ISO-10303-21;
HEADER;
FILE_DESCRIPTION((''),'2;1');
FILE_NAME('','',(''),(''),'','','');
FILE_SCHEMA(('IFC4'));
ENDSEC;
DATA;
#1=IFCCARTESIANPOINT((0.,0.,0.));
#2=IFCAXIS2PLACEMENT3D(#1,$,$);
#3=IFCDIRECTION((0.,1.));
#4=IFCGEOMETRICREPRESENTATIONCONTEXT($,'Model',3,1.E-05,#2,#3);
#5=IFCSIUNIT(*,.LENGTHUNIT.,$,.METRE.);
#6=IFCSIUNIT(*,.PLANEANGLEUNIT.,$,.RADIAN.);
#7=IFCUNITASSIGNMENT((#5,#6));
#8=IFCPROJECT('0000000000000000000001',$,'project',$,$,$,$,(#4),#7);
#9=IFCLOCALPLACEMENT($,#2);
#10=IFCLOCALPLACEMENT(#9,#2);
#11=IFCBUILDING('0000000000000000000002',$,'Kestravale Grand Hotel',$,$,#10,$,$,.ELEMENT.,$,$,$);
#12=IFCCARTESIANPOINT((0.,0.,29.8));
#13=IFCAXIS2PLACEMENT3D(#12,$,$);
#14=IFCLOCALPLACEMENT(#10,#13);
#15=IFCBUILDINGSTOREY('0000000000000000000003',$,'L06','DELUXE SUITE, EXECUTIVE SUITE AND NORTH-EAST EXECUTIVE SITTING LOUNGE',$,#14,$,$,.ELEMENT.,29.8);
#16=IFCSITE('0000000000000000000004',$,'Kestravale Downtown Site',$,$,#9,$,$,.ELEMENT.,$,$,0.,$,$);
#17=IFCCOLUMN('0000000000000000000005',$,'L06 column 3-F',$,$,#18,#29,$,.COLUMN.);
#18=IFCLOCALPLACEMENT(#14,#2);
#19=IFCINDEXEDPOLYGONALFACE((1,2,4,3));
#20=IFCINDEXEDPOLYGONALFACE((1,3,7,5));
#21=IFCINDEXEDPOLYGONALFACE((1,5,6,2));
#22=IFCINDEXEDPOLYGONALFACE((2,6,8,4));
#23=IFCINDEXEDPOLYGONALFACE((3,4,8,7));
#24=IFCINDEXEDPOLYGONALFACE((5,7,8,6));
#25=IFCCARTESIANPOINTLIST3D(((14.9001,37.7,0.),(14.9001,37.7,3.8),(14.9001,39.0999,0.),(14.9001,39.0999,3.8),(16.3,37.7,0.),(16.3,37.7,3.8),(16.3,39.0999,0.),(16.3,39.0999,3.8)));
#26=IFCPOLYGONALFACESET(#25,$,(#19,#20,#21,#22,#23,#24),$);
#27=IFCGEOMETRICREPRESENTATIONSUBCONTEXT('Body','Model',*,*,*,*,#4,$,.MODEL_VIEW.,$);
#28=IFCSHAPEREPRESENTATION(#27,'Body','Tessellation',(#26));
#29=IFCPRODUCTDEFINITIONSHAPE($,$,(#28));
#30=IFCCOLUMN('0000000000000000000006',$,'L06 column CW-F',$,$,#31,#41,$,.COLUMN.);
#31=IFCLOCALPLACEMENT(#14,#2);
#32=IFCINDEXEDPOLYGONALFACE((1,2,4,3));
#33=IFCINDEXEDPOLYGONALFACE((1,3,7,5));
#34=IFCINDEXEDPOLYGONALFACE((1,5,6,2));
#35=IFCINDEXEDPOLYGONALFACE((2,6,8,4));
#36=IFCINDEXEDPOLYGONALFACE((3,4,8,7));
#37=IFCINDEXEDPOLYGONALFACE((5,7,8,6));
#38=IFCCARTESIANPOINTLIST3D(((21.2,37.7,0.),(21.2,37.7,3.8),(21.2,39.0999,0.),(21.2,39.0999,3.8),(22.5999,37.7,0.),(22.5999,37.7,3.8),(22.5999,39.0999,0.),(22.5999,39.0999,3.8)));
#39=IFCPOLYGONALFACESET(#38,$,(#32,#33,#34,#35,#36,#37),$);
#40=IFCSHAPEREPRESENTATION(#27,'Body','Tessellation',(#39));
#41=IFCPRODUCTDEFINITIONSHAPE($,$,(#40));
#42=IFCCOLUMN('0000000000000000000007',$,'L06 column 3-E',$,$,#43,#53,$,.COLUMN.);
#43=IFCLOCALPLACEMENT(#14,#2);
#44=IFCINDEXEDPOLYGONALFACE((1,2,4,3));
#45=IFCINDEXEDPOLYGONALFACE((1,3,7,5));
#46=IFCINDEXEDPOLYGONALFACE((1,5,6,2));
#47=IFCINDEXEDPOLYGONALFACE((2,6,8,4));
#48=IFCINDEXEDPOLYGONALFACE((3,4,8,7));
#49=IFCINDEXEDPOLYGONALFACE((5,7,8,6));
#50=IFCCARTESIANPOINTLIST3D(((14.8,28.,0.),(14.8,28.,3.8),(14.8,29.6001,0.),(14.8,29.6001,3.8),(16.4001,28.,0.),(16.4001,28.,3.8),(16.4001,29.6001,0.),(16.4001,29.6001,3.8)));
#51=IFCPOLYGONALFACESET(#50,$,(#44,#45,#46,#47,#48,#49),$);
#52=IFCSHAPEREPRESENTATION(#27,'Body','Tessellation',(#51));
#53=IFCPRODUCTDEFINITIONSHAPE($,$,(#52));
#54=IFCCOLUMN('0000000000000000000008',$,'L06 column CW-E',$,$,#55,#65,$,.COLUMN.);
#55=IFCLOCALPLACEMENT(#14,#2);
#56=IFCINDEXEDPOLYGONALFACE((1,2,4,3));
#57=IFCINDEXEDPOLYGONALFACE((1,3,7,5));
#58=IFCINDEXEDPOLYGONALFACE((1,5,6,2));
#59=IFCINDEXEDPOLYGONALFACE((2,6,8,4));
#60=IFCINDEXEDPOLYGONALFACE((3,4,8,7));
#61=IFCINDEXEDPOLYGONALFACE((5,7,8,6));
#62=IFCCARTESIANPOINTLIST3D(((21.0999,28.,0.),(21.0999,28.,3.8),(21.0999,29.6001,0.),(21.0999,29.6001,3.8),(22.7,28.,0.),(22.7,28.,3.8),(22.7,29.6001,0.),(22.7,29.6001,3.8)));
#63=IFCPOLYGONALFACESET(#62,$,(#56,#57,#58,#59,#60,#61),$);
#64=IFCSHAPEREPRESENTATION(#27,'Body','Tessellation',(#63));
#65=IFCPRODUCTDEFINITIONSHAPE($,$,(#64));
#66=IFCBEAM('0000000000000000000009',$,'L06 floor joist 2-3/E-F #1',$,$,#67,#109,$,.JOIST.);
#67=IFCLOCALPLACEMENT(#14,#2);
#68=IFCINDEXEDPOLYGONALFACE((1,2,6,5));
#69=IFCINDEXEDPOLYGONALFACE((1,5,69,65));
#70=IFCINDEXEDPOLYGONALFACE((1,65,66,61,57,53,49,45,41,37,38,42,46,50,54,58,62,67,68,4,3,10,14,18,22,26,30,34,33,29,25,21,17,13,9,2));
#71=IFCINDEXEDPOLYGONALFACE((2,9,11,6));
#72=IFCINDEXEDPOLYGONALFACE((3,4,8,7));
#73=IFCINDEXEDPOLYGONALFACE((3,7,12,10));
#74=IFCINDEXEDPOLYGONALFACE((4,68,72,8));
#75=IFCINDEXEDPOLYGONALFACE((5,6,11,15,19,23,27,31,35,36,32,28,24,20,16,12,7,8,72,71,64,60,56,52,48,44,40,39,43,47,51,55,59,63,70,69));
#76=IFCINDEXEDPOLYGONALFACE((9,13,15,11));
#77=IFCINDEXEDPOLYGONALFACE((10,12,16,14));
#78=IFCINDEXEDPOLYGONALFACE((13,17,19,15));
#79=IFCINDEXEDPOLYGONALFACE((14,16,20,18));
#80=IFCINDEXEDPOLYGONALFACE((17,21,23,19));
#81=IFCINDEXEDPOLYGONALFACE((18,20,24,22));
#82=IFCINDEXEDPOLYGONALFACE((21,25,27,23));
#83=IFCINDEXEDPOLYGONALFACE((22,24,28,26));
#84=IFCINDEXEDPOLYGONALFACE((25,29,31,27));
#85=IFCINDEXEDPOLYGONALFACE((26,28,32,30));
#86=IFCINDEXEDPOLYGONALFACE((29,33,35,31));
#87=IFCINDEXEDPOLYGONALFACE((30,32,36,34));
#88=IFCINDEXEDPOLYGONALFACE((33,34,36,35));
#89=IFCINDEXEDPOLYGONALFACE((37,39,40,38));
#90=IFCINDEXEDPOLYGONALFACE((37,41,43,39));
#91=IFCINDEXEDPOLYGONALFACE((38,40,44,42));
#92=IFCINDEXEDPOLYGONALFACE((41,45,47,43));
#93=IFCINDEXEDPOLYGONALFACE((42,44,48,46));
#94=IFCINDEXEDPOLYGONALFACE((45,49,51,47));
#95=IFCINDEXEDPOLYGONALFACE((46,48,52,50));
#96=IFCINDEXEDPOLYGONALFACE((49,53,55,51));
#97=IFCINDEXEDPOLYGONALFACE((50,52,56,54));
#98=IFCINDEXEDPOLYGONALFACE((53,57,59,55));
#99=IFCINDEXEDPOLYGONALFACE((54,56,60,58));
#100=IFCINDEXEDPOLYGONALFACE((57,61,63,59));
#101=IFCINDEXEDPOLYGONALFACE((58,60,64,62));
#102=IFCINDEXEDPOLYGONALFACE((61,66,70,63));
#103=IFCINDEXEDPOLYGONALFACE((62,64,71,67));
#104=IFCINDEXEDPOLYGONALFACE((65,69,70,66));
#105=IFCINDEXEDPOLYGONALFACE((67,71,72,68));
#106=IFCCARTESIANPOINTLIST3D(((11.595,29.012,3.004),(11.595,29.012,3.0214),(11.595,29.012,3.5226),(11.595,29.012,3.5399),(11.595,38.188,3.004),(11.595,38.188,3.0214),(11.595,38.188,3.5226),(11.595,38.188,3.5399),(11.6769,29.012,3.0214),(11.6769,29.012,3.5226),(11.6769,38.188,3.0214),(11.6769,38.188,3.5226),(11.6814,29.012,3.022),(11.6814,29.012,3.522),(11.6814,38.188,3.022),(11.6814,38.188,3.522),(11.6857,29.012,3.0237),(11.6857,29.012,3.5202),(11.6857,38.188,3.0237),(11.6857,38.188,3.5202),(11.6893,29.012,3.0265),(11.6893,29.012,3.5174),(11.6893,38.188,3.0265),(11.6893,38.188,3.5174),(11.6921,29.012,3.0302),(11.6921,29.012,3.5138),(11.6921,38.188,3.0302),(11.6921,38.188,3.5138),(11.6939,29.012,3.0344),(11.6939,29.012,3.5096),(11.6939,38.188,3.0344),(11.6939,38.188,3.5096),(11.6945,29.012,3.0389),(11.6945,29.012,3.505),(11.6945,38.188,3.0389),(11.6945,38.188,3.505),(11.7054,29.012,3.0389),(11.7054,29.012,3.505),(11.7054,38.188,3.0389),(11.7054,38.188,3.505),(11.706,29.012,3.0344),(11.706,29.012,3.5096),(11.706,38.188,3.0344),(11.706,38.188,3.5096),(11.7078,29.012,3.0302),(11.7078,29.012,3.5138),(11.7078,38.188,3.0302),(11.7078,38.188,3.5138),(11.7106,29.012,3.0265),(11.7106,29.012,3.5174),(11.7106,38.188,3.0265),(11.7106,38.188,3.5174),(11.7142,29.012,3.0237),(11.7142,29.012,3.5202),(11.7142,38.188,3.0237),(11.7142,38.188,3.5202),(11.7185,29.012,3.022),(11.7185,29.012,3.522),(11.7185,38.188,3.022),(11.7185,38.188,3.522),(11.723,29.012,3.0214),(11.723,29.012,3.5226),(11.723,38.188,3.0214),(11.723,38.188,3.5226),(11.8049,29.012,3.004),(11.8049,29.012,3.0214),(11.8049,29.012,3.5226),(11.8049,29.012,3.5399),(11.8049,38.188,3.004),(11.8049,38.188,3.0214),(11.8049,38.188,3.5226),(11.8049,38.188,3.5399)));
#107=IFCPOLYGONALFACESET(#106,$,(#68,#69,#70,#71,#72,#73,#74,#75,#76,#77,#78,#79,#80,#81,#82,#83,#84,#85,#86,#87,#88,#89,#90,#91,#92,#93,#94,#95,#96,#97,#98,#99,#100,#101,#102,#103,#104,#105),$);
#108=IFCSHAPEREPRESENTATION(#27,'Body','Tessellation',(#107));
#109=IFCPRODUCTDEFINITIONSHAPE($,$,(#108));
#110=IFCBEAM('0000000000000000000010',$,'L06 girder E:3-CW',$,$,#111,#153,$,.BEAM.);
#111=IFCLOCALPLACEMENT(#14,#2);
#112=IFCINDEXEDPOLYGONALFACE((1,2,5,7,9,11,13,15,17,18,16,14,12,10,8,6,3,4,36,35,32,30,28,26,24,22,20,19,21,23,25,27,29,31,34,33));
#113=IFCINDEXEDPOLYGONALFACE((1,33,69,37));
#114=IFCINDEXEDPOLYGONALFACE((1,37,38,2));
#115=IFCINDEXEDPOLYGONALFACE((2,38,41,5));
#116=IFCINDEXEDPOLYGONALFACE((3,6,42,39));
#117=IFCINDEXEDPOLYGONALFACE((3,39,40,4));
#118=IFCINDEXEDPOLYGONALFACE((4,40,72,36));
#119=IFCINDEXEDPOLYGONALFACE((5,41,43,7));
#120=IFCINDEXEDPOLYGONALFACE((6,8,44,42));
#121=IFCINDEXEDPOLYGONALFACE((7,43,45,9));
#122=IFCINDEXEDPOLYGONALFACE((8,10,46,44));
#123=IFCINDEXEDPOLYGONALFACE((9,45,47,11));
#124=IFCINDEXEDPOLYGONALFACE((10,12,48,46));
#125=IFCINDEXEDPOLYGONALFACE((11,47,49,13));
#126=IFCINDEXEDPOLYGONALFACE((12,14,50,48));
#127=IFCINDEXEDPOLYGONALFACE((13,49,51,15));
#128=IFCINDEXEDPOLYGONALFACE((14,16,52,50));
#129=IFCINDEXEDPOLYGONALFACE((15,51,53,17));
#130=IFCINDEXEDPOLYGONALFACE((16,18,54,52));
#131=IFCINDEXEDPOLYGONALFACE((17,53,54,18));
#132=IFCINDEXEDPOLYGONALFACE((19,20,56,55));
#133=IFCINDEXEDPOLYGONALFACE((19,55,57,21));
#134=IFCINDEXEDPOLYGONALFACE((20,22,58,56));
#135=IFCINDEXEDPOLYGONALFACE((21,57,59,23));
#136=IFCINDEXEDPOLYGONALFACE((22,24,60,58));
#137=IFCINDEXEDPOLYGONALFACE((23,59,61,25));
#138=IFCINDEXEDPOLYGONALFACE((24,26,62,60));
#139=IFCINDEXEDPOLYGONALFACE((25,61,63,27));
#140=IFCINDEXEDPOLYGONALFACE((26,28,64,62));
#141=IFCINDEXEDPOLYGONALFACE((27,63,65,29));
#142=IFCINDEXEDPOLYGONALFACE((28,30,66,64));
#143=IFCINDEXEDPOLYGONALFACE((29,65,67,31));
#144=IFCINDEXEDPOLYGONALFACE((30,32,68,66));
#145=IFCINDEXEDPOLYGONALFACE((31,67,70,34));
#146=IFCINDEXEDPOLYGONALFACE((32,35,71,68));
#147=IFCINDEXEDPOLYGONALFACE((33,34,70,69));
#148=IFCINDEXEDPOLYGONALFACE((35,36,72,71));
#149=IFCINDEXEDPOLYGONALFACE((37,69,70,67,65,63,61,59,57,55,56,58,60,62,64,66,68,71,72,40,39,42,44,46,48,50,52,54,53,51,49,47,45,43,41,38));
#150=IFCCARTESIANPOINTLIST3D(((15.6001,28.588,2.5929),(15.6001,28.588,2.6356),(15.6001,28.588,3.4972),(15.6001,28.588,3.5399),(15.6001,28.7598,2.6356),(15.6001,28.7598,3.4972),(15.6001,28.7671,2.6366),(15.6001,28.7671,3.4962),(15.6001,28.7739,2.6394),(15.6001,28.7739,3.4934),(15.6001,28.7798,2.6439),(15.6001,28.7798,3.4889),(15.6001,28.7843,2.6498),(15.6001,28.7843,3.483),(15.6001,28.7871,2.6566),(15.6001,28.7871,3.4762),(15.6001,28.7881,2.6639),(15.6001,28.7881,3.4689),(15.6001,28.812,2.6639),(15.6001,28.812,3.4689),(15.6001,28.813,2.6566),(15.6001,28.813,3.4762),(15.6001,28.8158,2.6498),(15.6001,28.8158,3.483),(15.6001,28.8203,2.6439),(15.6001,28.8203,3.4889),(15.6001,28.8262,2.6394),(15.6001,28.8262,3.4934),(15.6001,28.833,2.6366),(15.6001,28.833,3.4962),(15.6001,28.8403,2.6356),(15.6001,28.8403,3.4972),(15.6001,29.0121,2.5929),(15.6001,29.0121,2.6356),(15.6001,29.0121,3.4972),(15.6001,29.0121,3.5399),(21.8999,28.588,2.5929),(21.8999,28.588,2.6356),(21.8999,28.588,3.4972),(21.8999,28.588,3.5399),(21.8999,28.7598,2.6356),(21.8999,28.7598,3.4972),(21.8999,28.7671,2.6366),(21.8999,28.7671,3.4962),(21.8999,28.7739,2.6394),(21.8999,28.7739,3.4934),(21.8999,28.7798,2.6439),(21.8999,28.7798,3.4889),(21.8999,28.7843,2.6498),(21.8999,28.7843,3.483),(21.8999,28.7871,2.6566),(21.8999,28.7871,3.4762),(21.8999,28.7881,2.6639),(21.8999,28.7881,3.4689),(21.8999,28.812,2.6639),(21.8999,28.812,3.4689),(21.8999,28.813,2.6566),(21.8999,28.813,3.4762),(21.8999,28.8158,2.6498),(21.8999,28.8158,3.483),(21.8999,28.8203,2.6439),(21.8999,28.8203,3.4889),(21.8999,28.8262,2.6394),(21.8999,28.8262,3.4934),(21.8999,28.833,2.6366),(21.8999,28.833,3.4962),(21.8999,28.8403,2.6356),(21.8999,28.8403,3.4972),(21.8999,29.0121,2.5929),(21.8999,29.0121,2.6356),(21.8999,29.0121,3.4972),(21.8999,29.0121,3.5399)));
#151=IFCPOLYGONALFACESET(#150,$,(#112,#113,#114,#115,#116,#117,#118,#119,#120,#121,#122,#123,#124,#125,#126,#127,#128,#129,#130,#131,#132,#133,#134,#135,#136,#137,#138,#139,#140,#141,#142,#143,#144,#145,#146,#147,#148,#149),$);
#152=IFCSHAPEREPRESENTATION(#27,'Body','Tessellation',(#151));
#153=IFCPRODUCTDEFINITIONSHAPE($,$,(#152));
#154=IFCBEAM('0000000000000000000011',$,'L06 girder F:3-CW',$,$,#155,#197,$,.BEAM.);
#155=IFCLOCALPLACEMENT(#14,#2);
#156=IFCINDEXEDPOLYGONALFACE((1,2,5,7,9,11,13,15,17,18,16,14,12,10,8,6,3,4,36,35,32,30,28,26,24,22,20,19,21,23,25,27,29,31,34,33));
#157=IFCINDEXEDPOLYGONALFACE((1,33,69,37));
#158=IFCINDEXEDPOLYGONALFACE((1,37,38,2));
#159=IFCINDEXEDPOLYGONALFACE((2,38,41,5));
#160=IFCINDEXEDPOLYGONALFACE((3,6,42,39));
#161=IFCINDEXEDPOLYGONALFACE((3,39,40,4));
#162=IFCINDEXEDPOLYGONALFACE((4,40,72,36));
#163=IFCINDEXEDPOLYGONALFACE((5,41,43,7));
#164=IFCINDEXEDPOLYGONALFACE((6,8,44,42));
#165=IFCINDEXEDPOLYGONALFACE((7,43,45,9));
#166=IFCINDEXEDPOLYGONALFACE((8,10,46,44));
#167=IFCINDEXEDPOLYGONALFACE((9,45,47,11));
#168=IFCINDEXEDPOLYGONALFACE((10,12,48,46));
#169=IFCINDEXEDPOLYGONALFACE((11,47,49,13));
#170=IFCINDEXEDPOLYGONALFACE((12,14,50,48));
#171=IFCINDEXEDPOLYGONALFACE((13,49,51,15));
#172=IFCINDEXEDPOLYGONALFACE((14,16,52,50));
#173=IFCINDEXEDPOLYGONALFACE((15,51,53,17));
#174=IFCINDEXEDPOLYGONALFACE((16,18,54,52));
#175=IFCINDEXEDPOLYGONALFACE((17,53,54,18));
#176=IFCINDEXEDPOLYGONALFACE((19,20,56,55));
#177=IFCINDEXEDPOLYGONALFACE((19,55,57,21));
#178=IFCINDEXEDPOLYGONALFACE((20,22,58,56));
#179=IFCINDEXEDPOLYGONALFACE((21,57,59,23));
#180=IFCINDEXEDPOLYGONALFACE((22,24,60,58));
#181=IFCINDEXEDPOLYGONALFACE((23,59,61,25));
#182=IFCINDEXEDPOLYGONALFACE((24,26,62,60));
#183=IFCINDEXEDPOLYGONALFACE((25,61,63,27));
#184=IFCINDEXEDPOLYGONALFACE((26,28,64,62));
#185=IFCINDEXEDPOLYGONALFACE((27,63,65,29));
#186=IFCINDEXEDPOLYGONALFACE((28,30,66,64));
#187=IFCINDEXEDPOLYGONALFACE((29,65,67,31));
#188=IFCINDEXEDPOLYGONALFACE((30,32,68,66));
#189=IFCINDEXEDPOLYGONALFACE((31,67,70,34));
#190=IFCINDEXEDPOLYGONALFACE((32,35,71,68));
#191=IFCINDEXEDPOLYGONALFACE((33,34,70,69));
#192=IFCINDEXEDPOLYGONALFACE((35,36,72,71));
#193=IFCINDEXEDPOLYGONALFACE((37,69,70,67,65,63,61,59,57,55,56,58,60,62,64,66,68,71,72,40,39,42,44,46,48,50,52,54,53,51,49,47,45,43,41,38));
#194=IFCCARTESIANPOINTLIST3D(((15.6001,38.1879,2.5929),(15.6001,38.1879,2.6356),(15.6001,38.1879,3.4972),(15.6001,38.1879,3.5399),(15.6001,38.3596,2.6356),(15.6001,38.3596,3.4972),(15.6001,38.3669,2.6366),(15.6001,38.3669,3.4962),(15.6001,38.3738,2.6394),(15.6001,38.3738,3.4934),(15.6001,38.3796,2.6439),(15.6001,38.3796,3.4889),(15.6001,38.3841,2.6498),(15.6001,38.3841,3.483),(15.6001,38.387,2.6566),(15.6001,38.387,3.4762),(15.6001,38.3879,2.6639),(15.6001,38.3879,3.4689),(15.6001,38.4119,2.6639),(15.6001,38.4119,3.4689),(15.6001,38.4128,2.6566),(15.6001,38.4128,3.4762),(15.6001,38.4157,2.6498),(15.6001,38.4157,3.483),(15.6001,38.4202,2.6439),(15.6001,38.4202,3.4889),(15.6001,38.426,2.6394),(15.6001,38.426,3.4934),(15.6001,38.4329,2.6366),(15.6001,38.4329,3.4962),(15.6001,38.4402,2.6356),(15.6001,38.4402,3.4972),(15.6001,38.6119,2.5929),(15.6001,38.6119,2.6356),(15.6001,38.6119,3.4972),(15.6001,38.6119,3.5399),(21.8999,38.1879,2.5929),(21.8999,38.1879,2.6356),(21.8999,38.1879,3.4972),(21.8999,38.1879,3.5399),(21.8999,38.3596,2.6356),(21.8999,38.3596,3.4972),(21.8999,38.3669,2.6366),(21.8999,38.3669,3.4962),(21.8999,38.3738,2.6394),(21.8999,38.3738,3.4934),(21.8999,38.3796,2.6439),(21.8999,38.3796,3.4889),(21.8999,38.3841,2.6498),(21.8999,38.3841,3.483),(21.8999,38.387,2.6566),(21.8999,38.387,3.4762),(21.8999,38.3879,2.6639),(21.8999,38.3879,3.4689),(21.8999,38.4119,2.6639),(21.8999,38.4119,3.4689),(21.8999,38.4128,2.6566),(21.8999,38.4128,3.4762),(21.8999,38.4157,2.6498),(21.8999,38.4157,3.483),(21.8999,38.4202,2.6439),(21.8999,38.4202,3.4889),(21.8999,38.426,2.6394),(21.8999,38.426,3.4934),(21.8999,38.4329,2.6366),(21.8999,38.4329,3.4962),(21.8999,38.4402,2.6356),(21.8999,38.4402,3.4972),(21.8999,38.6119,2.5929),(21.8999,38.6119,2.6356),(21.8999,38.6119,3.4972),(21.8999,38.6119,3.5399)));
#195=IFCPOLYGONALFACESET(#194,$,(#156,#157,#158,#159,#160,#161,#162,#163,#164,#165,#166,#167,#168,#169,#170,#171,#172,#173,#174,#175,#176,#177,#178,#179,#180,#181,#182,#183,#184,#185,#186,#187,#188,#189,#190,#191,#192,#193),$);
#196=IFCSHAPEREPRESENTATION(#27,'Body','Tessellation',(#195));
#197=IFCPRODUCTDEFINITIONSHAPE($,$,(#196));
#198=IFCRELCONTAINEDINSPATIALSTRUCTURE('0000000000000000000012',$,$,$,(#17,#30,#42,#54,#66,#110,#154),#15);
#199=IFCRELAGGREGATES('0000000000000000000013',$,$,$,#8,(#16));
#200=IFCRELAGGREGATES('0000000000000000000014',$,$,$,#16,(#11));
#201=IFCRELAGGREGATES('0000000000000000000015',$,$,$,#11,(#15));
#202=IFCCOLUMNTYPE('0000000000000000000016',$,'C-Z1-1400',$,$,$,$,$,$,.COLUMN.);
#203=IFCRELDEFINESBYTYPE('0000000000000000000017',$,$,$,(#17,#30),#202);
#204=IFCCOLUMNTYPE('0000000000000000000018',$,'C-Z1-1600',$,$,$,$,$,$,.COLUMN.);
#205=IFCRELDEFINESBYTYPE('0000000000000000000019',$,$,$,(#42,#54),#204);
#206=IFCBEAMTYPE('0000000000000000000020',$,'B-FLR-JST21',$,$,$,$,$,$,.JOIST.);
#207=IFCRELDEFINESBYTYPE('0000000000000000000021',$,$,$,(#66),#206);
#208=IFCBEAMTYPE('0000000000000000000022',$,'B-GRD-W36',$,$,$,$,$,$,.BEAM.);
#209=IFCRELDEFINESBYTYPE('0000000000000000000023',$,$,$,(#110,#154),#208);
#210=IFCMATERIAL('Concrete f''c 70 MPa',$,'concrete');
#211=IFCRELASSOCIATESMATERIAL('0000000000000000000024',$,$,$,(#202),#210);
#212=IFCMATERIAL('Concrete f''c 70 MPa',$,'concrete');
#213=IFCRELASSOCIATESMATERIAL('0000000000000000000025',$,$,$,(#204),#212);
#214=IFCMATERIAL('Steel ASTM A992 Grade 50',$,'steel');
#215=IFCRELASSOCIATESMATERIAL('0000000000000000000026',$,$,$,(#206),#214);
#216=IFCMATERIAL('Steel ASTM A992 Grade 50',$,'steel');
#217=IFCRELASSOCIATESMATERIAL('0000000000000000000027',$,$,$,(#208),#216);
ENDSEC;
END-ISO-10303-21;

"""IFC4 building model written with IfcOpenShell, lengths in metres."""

from ifc_helpers import new_model, si_unit, direction, frame, origin, origin_2d, place, context, subcontext, project, spatial, rectangle, i_section, extrude, material, material_profile, profile_set, type_object, element, save


model = new_model("IFC4")

# Units and contexts
model_context = context("Model", 3, precision=1e-05, world=origin(), true_north=direction((0.0, 1.0)))
body_context = subcontext(model_context, "Body", "Model", "MODEL_VIEW")
ifc_project = project(units=[si_unit("LENGTHUNIT", "METRE"), si_unit("PLANEANGLEUNIT", "RADIAN")], contexts=[model_context])

# Site, building, storey
site_placement = place(None, origin())
site = spatial("IfcSite", under=ifc_project, at=site_placement, Name="Kestravale Downtown Site", CompositionType="ELEMENT", RefElevation=0.0)
building_placement = place(site_placement, origin())
building = spatial("IfcBuilding", under=site, at=building_placement, Name="Kestravale Grand Hotel", CompositionType="ELEMENT")
storey_placement = place(building_placement, frame((0.0, 0.0, 29.8)))
storey = spatial("IfcBuildingStorey", under=building, at=storey_placement, Name="L06", Description="DELUXE SUITE, EXECUTIVE SUITE AND NORTH-EAST EXECUTIVE SITTING LOUNGE", CompositionType="ELEMENT", Elevation=29.8)

# Columns
ifc_material_1 = material(Name="Concrete f'c 70 MPa", Category="concrete")
ifc_material_profile_1 = material_profile(ifc_material_1, rectangle(XDim=1.3999, YDim=1.3999, at=origin_2d()))
ifc_profile_set_1 = profile_set([ifc_material_profile_1], Name="Concrete f'c 70 MPa")
column_type_1 = type_object("IfcColumnType", Name="C-Z1-1400", PredefinedType="COLUMN", material=ifc_profile_set_1)
for number, where, z_axis, x_axis, name in (
    (1, (15.6001, 38.3999, 0.0), (0.0, 0.0, 1.0), (1.0, 0.0, 0.0), "L06 column 3-F"),
    (2, (21.8999, 38.3999, 0.0), (0.0, 0.0, 1.0), (1.0, 0.0, 0.0), "L06 column CW-F"),
):
    element("IfcColumn", number, at=place(storey_placement, frame(where, z_axis=z_axis, x_axis=x_axis)), inside=storey, type_object=column_type_1, Name=name, PredefinedType="COLUMN", context=body_context, shape_type="SweptSolid", body=[
        extrude(rectangle(XDim=1.3999, YDim=1.3999, at=origin_2d()), origin(), (0.0, 0.0, 1.0), 3.8),
    ])
ifc_material_2 = material(Name="Concrete f'c 70 MPa", Category="concrete")
ifc_material_profile_2 = material_profile(ifc_material_2, rectangle(XDim=1.6001, YDim=1.6001, at=origin_2d()))
ifc_profile_set_2 = profile_set([ifc_material_profile_2], Name="Concrete f'c 70 MPa")
column_type_2 = type_object("IfcColumnType", Name="C-Z1-1600", PredefinedType="COLUMN", material=ifc_profile_set_2)
for number, where, z_axis, x_axis, name in (
    (3, (15.6001, 28.8, 0.0), (0.0, 0.0, 1.0), (1.0, 0.0, 0.0), "L06 column 3-E"),
    (4, (21.8999, 28.8, 0.0), (0.0, 0.0, 1.0), (1.0, 0.0, 0.0), "L06 column CW-E"),
):
    element("IfcColumn", number, at=place(storey_placement, frame(where, z_axis=z_axis, x_axis=x_axis)), inside=storey, type_object=column_type_2, Name=name, PredefinedType="COLUMN", context=body_context, shape_type="SweptSolid", body=[
        extrude(rectangle(XDim=1.6001, YDim=1.6001, at=origin_2d()), origin(), (0.0, 0.0, 1.0), 3.8),
    ])

# Beams
ifc_material_3 = material(Name="Steel ASTM A992 Grade 50", Category="steel")
ifc_material_profile_3 = material_profile(ifc_material_3, i_section(OverallWidth=0.21, OverallDepth=0.5359, WebThickness=0.011, FlangeThickness=0.0173, FilletRadius=0.0176, at=origin_2d()))
ifc_profile_set_3 = profile_set([ifc_material_profile_3], Name="Steel ASTM A992 Grade 50")
beam_type_1 = type_object("IfcBeamType", Name="B-FLR-JST21", PredefinedType="JOIST", material=ifc_profile_set_3)
beam_1_placement = place(storey_placement, frame((11.7, 29.012, 3.272), z_axis=(0.0, 1.0, 0.0), x_axis=(-1.0, 0.0, 0.0)))
element("IfcBeam", 5, at=beam_1_placement, inside=storey, type_object=beam_type_1, Name="L06 floor joist 2-3/E-F #1", PredefinedType="JOIST", context=body_context, shape_type="SweptSolid", body=[
    extrude(i_section(OverallWidth=0.21, OverallDepth=0.5359, WebThickness=0.011, FlangeThickness=0.0173, FilletRadius=0.0176, at=origin_2d()), origin(), (0.0, 0.0, 1.0), 9.176),
])
ifc_material_4 = material(Name="Steel ASTM A992 Grade 50", Category="steel")
ifc_material_profile_4 = material_profile(ifc_material_4, i_section(OverallWidth=0.4241, OverallDepth=0.947, WebThickness=0.0239, FlangeThickness=0.0427, FilletRadius=0.0283, at=origin_2d()))
ifc_profile_set_4 = profile_set([ifc_material_profile_4], Name="Steel ASTM A992 Grade 50")
beam_type_2 = type_object("IfcBeamType", Name="B-GRD-W36", PredefinedType="BEAM", material=ifc_profile_set_4)
for number, where, z_axis, x_axis, name in (
    (6, (15.6001, 28.8, 3.0664), (1.0, 0.0, 0.0), (0.0, 1.0, 0.0), "L06 girder E:3-CW"),
    (7, (15.6001, 38.3999, 3.0664), (1.0, 0.0, 0.0), (0.0, 1.0, 0.0), "L06 girder F:3-CW"),
):
    element("IfcBeam", number, at=place(storey_placement, frame(where, z_axis=z_axis, x_axis=x_axis)), inside=storey, type_object=beam_type_2, Name=name, PredefinedType="BEAM", context=body_context, shape_type="SweptSolid", body=[
        extrude(i_section(OverallWidth=0.4241, OverallDepth=0.947, WebThickness=0.0239, FlangeThickness=0.0427, FilletRadius=0.0283, at=origin_2d()), origin(), (0.0, 0.0, 1.0), 6.2998),
    ])

save(model, "model.ifc")
